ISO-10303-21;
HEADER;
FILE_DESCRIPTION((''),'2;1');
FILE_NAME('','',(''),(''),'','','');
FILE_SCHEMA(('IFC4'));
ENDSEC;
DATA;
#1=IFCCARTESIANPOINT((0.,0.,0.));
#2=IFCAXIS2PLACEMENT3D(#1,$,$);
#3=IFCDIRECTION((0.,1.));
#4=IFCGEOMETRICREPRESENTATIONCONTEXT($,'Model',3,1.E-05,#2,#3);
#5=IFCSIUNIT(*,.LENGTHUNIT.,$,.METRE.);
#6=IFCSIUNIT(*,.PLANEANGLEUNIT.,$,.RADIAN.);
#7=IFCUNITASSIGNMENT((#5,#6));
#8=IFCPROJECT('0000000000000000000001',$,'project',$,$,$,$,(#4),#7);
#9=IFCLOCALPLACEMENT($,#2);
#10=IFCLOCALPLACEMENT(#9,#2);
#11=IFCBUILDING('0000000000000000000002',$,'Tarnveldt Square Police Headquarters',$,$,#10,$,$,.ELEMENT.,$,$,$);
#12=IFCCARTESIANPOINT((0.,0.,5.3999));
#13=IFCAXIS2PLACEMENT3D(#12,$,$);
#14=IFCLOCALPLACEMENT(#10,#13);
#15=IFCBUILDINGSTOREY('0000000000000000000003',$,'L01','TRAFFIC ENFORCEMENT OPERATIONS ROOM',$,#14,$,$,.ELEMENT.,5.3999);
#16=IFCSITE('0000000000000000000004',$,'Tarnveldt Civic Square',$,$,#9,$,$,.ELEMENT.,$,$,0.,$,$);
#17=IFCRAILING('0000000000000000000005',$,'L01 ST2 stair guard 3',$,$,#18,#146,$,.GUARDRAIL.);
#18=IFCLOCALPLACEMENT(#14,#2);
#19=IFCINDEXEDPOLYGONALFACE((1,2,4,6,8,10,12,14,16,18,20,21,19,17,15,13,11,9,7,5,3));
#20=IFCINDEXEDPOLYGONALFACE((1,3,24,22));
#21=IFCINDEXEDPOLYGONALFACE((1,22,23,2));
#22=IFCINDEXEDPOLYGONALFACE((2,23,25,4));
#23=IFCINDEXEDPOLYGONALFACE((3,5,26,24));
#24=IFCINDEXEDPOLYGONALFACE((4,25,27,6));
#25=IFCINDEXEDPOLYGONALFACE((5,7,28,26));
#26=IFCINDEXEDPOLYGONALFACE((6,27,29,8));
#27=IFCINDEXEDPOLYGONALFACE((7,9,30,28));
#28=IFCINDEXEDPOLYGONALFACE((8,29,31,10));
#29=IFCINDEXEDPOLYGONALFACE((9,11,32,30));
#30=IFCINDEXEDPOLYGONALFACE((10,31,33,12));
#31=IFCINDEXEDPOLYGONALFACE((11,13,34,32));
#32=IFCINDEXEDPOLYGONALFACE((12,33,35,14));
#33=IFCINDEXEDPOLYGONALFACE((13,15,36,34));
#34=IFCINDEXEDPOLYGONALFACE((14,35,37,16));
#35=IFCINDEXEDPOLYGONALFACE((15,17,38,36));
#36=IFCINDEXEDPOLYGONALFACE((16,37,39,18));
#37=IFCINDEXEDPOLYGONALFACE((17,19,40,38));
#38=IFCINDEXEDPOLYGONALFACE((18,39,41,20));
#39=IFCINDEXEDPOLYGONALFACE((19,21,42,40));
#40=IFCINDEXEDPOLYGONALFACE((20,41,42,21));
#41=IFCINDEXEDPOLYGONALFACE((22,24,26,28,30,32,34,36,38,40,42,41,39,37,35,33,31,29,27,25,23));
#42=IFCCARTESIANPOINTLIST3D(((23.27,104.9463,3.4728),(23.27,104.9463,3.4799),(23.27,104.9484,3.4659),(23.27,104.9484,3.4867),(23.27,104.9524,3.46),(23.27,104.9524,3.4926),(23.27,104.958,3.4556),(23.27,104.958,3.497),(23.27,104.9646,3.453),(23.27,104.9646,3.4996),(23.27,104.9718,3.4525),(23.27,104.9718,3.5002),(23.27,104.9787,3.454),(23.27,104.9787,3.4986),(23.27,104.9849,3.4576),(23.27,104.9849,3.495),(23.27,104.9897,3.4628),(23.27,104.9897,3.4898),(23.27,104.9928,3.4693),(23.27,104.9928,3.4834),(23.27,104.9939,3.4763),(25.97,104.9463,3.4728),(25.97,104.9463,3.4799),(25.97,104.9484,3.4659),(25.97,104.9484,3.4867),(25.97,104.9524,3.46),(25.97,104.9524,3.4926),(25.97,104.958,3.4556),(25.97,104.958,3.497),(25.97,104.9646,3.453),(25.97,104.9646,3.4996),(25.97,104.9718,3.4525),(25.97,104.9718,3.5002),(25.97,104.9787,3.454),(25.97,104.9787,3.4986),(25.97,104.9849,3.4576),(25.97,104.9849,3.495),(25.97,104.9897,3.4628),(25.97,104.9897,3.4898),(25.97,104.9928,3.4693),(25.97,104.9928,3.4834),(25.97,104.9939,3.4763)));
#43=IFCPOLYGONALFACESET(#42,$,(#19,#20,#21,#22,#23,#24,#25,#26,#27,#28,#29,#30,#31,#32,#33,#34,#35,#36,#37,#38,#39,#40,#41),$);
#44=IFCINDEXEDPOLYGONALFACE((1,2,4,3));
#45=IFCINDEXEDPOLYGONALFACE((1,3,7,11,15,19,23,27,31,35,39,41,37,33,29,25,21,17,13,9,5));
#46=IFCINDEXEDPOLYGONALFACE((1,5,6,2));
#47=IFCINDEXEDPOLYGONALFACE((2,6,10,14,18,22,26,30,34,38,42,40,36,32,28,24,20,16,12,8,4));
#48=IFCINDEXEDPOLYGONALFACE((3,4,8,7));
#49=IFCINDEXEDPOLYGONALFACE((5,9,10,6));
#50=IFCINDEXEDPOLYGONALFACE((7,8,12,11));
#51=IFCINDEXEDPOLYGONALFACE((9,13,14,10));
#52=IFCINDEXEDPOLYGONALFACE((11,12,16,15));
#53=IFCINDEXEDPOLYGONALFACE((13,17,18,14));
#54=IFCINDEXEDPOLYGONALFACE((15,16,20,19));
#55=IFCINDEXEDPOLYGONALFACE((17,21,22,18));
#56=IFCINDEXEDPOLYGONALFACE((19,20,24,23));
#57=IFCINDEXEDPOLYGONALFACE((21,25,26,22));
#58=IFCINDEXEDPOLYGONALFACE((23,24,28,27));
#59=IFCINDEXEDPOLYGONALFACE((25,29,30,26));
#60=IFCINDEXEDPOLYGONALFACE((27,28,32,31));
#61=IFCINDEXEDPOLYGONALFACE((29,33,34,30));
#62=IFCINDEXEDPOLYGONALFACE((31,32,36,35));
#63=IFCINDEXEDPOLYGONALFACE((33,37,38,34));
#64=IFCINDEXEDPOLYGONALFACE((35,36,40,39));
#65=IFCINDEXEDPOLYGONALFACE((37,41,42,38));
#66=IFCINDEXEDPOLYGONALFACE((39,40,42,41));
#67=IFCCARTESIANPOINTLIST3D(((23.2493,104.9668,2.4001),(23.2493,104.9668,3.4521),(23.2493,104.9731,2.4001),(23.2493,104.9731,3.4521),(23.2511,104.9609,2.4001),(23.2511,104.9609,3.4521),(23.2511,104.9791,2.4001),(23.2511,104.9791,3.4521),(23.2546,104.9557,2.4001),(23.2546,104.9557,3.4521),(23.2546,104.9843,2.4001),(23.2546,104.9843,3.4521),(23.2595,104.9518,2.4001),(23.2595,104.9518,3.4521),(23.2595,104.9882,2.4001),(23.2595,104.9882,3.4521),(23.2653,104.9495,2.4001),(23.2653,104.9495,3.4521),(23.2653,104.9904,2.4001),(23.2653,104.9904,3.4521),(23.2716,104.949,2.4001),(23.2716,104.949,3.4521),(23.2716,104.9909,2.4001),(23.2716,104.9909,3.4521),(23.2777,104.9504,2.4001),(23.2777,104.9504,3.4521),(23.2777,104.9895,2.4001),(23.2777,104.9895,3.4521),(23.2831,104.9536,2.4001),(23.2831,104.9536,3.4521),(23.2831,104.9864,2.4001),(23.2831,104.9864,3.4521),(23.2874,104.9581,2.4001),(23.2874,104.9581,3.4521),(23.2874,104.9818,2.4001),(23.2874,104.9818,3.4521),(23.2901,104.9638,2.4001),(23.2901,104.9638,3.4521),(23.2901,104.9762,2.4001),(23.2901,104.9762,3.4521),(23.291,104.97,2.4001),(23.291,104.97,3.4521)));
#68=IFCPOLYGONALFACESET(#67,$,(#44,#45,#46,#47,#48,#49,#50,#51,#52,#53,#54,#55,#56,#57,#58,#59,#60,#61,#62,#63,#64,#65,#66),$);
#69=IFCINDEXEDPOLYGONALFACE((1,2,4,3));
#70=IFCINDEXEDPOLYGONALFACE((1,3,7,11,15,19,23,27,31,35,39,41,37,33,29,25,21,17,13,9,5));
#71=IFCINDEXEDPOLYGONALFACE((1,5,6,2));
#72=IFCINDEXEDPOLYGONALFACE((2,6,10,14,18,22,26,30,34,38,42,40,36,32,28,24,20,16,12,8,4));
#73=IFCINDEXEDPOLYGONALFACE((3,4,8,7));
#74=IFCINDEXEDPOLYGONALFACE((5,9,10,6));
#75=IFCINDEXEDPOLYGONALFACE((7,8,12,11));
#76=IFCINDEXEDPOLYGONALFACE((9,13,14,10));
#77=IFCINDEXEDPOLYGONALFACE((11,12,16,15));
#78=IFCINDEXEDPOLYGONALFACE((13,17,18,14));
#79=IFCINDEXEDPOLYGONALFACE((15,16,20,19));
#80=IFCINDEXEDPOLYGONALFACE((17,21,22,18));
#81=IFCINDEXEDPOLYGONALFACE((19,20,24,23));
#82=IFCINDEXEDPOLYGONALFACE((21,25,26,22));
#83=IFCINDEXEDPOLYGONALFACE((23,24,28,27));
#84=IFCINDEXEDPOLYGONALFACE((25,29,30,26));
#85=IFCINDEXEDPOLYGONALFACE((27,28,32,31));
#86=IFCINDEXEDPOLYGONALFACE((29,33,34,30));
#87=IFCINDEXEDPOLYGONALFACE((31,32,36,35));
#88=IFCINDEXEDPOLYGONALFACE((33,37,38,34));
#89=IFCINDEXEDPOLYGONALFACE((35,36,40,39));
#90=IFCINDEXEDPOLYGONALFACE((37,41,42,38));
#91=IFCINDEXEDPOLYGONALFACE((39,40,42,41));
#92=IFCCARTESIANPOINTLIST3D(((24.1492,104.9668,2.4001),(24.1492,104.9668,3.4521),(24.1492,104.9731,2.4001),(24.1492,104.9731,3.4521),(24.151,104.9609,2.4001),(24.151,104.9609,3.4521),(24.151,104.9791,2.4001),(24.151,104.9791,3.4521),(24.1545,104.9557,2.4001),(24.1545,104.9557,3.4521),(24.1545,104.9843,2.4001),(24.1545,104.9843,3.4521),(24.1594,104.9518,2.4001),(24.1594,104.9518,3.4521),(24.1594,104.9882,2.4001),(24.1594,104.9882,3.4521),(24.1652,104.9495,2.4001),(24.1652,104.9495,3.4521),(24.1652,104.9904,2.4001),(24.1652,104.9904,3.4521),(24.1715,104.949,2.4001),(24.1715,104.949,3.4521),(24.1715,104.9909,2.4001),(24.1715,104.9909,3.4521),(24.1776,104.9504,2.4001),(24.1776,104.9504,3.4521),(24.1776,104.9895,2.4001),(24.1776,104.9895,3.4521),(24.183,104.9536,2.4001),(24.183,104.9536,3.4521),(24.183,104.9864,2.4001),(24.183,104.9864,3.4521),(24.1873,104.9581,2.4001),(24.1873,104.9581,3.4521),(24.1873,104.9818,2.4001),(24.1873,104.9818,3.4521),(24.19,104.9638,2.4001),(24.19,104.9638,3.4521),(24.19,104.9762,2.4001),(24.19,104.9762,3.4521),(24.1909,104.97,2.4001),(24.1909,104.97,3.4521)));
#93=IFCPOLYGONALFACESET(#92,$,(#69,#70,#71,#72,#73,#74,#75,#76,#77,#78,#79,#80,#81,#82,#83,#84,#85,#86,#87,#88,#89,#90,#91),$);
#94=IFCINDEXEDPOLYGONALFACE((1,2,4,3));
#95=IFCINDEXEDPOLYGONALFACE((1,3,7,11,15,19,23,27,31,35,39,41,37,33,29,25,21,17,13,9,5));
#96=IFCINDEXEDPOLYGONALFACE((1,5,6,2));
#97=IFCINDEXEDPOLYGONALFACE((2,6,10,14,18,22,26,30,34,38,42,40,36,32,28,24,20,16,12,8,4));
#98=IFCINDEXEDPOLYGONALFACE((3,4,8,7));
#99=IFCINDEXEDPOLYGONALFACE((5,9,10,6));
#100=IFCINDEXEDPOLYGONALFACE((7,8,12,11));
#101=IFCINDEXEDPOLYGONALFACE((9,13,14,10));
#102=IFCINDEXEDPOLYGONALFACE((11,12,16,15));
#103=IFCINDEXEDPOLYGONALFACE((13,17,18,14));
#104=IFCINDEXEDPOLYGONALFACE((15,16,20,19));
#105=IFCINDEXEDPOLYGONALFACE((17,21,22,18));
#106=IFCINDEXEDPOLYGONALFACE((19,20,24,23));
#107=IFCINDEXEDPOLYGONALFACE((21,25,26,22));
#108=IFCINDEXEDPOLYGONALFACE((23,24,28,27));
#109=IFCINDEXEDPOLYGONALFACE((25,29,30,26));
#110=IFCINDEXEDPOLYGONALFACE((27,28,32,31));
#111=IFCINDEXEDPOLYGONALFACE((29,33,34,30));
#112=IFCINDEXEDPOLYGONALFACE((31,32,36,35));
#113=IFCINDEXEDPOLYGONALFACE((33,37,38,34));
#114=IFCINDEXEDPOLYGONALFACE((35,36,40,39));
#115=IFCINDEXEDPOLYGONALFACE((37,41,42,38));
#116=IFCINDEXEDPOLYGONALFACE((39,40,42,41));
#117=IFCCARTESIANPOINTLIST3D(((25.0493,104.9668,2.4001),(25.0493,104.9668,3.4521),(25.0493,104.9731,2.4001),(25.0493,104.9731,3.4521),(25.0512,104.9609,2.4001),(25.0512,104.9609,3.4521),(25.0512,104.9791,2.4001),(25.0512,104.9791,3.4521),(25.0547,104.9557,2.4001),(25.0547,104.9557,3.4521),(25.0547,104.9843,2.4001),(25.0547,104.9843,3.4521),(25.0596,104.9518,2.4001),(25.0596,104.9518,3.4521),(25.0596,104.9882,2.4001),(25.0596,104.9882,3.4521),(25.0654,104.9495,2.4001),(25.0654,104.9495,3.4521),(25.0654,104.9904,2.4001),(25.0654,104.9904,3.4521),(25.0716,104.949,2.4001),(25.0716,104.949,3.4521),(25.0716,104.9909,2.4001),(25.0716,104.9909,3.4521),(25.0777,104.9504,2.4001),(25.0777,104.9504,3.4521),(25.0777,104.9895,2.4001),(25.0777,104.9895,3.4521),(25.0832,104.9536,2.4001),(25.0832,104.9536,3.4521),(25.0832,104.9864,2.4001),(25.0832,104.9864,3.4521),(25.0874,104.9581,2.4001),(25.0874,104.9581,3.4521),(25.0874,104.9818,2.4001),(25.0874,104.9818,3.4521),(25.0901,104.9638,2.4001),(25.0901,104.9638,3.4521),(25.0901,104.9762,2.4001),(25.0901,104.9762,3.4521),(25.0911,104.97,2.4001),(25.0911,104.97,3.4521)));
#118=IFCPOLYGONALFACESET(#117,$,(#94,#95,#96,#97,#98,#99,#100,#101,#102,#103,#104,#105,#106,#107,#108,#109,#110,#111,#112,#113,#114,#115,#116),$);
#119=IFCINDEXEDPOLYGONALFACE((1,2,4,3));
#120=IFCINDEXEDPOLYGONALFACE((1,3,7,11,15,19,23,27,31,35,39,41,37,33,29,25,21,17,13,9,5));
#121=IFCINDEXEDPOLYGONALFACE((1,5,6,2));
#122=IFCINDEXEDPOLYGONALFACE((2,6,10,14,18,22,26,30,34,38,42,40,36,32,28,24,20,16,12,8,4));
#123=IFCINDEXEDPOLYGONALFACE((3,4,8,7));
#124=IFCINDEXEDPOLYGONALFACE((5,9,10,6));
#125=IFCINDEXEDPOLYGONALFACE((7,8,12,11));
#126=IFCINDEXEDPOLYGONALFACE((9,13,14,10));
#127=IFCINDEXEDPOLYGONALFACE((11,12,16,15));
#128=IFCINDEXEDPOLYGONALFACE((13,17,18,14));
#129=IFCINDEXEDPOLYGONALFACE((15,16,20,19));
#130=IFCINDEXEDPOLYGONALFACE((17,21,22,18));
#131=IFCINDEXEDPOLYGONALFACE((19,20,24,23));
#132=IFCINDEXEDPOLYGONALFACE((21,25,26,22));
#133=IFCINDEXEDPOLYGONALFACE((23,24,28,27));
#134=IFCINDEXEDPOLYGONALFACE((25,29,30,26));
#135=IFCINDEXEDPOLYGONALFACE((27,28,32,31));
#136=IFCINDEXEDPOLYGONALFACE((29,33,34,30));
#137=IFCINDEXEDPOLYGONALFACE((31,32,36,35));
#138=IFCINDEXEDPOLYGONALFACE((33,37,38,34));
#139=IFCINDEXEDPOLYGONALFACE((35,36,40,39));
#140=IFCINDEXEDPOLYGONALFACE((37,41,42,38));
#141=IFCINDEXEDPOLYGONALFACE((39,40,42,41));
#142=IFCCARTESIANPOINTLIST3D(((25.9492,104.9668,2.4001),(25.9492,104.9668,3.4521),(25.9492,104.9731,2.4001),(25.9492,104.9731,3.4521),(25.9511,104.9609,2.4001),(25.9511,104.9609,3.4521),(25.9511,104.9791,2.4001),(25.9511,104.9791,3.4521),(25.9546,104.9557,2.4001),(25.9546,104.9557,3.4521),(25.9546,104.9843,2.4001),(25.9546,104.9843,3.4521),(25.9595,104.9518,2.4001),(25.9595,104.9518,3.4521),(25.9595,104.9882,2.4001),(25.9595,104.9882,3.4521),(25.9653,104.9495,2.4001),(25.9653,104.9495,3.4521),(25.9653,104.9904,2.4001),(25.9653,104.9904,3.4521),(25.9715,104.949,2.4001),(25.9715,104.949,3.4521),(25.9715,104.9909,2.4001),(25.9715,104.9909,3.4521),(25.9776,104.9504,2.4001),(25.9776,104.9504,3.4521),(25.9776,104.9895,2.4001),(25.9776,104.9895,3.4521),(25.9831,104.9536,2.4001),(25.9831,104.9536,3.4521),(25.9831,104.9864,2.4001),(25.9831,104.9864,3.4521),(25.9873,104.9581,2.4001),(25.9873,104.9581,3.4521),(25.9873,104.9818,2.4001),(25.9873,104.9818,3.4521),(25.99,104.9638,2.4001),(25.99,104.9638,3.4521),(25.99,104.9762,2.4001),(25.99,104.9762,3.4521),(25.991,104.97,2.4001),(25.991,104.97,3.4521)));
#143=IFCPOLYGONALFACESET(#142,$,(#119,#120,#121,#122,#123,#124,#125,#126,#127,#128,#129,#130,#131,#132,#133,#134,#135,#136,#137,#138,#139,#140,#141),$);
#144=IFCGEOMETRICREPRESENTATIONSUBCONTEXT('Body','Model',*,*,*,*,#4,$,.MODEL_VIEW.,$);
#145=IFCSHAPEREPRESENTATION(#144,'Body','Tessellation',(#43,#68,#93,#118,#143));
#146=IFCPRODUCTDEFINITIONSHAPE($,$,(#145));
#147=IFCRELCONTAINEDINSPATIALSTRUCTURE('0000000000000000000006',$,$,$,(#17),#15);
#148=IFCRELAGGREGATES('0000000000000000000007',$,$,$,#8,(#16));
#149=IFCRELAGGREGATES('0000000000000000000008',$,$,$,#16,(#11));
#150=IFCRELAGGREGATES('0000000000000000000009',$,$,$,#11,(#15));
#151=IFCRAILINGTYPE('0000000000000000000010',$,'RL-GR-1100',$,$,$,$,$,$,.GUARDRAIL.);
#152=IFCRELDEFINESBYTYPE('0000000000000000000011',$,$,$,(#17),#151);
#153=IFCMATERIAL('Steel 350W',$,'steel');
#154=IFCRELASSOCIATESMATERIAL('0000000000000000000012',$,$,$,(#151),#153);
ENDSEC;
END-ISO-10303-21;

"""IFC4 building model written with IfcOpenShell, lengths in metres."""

from ifc_helpers import new_model, si_unit, direction, frame, origin, origin_2d, place, context, subcontext, project, spatial, circle, extrude, material, type_object, element, save


model = new_model("IFC4")

# Units and contexts
model_context = context("Model", 3, precision=1e-05, world=origin(), true_north=direction((0.0, 1.0)))
body_context = subcontext(model_context, "Body", "Model", "MODEL_VIEW")
ifc_project = project(units=[si_unit("LENGTHUNIT", "METRE"), si_unit("PLANEANGLEUNIT", "RADIAN")], contexts=[model_context])

# Site, building, storey
site_placement = place(None, origin())
site = spatial("IfcSite", under=ifc_project, at=site_placement, Name="Tarnveldt Civic Square", CompositionType="ELEMENT", RefElevation=0.0)
building_placement = place(site_placement, origin())
building = spatial("IfcBuilding", under=site, at=building_placement, Name="Tarnveldt Square Police Headquarters", CompositionType="ELEMENT")
storey_placement = place(building_placement, frame((0.0, 0.0, 5.3999)))
storey = spatial("IfcBuildingStorey", under=building, at=storey_placement, Name="L01", Description="TRAFFIC ENFORCEMENT OPERATIONS ROOM", CompositionType="ELEMENT", Elevation=5.3999)

# Shared definitions
ifc_material_1 = material(Name="Steel 350W", Category="steel")

# Railing
railing_type_1 = type_object("IfcRailingType", Name="RL-GR-1100", PredefinedType="GUARDRAIL", material=ifc_material_1)
railing_1_placement = place(storey_placement, frame((23.27, 104.97, 2.4001)))
element("IfcRailing", 1, at=railing_1_placement, inside=storey, type_object=railing_type_1, Name="L01 ST2 stair guard 3", PredefinedType="GUARDRAIL", context=body_context, shape_type="SweptSolid", body=[
    extrude(circle(Radius=0.0239, at=origin_2d()), frame((0.0, 0.0, 1.0762), z_axis=(1.0, 0.0, 0.0), x_axis=(0.0, 1.0, 0.0)), (0.0, 0.0, 1.0), 2.7),
    extrude(circle(Radius=0.021, at=origin_2d()), origin(), (0.0, 0.0, 1.0), 1.052),
    extrude(circle(Radius=0.021, at=origin_2d()), frame((0.8999, 0.0, 0.0)), (0.0, 0.0, 1.0), 1.052),
    extrude(circle(Radius=0.021, at=origin_2d()), frame((1.8, 0.0, 0.0)), (0.0, 0.0, 1.0), 1.052),
    extrude(circle(Radius=0.021, at=origin_2d()), frame((2.7, 0.0, 0.0)), (0.0, 0.0, 1.0), 1.052),
])

save(model, "model.ifc")
